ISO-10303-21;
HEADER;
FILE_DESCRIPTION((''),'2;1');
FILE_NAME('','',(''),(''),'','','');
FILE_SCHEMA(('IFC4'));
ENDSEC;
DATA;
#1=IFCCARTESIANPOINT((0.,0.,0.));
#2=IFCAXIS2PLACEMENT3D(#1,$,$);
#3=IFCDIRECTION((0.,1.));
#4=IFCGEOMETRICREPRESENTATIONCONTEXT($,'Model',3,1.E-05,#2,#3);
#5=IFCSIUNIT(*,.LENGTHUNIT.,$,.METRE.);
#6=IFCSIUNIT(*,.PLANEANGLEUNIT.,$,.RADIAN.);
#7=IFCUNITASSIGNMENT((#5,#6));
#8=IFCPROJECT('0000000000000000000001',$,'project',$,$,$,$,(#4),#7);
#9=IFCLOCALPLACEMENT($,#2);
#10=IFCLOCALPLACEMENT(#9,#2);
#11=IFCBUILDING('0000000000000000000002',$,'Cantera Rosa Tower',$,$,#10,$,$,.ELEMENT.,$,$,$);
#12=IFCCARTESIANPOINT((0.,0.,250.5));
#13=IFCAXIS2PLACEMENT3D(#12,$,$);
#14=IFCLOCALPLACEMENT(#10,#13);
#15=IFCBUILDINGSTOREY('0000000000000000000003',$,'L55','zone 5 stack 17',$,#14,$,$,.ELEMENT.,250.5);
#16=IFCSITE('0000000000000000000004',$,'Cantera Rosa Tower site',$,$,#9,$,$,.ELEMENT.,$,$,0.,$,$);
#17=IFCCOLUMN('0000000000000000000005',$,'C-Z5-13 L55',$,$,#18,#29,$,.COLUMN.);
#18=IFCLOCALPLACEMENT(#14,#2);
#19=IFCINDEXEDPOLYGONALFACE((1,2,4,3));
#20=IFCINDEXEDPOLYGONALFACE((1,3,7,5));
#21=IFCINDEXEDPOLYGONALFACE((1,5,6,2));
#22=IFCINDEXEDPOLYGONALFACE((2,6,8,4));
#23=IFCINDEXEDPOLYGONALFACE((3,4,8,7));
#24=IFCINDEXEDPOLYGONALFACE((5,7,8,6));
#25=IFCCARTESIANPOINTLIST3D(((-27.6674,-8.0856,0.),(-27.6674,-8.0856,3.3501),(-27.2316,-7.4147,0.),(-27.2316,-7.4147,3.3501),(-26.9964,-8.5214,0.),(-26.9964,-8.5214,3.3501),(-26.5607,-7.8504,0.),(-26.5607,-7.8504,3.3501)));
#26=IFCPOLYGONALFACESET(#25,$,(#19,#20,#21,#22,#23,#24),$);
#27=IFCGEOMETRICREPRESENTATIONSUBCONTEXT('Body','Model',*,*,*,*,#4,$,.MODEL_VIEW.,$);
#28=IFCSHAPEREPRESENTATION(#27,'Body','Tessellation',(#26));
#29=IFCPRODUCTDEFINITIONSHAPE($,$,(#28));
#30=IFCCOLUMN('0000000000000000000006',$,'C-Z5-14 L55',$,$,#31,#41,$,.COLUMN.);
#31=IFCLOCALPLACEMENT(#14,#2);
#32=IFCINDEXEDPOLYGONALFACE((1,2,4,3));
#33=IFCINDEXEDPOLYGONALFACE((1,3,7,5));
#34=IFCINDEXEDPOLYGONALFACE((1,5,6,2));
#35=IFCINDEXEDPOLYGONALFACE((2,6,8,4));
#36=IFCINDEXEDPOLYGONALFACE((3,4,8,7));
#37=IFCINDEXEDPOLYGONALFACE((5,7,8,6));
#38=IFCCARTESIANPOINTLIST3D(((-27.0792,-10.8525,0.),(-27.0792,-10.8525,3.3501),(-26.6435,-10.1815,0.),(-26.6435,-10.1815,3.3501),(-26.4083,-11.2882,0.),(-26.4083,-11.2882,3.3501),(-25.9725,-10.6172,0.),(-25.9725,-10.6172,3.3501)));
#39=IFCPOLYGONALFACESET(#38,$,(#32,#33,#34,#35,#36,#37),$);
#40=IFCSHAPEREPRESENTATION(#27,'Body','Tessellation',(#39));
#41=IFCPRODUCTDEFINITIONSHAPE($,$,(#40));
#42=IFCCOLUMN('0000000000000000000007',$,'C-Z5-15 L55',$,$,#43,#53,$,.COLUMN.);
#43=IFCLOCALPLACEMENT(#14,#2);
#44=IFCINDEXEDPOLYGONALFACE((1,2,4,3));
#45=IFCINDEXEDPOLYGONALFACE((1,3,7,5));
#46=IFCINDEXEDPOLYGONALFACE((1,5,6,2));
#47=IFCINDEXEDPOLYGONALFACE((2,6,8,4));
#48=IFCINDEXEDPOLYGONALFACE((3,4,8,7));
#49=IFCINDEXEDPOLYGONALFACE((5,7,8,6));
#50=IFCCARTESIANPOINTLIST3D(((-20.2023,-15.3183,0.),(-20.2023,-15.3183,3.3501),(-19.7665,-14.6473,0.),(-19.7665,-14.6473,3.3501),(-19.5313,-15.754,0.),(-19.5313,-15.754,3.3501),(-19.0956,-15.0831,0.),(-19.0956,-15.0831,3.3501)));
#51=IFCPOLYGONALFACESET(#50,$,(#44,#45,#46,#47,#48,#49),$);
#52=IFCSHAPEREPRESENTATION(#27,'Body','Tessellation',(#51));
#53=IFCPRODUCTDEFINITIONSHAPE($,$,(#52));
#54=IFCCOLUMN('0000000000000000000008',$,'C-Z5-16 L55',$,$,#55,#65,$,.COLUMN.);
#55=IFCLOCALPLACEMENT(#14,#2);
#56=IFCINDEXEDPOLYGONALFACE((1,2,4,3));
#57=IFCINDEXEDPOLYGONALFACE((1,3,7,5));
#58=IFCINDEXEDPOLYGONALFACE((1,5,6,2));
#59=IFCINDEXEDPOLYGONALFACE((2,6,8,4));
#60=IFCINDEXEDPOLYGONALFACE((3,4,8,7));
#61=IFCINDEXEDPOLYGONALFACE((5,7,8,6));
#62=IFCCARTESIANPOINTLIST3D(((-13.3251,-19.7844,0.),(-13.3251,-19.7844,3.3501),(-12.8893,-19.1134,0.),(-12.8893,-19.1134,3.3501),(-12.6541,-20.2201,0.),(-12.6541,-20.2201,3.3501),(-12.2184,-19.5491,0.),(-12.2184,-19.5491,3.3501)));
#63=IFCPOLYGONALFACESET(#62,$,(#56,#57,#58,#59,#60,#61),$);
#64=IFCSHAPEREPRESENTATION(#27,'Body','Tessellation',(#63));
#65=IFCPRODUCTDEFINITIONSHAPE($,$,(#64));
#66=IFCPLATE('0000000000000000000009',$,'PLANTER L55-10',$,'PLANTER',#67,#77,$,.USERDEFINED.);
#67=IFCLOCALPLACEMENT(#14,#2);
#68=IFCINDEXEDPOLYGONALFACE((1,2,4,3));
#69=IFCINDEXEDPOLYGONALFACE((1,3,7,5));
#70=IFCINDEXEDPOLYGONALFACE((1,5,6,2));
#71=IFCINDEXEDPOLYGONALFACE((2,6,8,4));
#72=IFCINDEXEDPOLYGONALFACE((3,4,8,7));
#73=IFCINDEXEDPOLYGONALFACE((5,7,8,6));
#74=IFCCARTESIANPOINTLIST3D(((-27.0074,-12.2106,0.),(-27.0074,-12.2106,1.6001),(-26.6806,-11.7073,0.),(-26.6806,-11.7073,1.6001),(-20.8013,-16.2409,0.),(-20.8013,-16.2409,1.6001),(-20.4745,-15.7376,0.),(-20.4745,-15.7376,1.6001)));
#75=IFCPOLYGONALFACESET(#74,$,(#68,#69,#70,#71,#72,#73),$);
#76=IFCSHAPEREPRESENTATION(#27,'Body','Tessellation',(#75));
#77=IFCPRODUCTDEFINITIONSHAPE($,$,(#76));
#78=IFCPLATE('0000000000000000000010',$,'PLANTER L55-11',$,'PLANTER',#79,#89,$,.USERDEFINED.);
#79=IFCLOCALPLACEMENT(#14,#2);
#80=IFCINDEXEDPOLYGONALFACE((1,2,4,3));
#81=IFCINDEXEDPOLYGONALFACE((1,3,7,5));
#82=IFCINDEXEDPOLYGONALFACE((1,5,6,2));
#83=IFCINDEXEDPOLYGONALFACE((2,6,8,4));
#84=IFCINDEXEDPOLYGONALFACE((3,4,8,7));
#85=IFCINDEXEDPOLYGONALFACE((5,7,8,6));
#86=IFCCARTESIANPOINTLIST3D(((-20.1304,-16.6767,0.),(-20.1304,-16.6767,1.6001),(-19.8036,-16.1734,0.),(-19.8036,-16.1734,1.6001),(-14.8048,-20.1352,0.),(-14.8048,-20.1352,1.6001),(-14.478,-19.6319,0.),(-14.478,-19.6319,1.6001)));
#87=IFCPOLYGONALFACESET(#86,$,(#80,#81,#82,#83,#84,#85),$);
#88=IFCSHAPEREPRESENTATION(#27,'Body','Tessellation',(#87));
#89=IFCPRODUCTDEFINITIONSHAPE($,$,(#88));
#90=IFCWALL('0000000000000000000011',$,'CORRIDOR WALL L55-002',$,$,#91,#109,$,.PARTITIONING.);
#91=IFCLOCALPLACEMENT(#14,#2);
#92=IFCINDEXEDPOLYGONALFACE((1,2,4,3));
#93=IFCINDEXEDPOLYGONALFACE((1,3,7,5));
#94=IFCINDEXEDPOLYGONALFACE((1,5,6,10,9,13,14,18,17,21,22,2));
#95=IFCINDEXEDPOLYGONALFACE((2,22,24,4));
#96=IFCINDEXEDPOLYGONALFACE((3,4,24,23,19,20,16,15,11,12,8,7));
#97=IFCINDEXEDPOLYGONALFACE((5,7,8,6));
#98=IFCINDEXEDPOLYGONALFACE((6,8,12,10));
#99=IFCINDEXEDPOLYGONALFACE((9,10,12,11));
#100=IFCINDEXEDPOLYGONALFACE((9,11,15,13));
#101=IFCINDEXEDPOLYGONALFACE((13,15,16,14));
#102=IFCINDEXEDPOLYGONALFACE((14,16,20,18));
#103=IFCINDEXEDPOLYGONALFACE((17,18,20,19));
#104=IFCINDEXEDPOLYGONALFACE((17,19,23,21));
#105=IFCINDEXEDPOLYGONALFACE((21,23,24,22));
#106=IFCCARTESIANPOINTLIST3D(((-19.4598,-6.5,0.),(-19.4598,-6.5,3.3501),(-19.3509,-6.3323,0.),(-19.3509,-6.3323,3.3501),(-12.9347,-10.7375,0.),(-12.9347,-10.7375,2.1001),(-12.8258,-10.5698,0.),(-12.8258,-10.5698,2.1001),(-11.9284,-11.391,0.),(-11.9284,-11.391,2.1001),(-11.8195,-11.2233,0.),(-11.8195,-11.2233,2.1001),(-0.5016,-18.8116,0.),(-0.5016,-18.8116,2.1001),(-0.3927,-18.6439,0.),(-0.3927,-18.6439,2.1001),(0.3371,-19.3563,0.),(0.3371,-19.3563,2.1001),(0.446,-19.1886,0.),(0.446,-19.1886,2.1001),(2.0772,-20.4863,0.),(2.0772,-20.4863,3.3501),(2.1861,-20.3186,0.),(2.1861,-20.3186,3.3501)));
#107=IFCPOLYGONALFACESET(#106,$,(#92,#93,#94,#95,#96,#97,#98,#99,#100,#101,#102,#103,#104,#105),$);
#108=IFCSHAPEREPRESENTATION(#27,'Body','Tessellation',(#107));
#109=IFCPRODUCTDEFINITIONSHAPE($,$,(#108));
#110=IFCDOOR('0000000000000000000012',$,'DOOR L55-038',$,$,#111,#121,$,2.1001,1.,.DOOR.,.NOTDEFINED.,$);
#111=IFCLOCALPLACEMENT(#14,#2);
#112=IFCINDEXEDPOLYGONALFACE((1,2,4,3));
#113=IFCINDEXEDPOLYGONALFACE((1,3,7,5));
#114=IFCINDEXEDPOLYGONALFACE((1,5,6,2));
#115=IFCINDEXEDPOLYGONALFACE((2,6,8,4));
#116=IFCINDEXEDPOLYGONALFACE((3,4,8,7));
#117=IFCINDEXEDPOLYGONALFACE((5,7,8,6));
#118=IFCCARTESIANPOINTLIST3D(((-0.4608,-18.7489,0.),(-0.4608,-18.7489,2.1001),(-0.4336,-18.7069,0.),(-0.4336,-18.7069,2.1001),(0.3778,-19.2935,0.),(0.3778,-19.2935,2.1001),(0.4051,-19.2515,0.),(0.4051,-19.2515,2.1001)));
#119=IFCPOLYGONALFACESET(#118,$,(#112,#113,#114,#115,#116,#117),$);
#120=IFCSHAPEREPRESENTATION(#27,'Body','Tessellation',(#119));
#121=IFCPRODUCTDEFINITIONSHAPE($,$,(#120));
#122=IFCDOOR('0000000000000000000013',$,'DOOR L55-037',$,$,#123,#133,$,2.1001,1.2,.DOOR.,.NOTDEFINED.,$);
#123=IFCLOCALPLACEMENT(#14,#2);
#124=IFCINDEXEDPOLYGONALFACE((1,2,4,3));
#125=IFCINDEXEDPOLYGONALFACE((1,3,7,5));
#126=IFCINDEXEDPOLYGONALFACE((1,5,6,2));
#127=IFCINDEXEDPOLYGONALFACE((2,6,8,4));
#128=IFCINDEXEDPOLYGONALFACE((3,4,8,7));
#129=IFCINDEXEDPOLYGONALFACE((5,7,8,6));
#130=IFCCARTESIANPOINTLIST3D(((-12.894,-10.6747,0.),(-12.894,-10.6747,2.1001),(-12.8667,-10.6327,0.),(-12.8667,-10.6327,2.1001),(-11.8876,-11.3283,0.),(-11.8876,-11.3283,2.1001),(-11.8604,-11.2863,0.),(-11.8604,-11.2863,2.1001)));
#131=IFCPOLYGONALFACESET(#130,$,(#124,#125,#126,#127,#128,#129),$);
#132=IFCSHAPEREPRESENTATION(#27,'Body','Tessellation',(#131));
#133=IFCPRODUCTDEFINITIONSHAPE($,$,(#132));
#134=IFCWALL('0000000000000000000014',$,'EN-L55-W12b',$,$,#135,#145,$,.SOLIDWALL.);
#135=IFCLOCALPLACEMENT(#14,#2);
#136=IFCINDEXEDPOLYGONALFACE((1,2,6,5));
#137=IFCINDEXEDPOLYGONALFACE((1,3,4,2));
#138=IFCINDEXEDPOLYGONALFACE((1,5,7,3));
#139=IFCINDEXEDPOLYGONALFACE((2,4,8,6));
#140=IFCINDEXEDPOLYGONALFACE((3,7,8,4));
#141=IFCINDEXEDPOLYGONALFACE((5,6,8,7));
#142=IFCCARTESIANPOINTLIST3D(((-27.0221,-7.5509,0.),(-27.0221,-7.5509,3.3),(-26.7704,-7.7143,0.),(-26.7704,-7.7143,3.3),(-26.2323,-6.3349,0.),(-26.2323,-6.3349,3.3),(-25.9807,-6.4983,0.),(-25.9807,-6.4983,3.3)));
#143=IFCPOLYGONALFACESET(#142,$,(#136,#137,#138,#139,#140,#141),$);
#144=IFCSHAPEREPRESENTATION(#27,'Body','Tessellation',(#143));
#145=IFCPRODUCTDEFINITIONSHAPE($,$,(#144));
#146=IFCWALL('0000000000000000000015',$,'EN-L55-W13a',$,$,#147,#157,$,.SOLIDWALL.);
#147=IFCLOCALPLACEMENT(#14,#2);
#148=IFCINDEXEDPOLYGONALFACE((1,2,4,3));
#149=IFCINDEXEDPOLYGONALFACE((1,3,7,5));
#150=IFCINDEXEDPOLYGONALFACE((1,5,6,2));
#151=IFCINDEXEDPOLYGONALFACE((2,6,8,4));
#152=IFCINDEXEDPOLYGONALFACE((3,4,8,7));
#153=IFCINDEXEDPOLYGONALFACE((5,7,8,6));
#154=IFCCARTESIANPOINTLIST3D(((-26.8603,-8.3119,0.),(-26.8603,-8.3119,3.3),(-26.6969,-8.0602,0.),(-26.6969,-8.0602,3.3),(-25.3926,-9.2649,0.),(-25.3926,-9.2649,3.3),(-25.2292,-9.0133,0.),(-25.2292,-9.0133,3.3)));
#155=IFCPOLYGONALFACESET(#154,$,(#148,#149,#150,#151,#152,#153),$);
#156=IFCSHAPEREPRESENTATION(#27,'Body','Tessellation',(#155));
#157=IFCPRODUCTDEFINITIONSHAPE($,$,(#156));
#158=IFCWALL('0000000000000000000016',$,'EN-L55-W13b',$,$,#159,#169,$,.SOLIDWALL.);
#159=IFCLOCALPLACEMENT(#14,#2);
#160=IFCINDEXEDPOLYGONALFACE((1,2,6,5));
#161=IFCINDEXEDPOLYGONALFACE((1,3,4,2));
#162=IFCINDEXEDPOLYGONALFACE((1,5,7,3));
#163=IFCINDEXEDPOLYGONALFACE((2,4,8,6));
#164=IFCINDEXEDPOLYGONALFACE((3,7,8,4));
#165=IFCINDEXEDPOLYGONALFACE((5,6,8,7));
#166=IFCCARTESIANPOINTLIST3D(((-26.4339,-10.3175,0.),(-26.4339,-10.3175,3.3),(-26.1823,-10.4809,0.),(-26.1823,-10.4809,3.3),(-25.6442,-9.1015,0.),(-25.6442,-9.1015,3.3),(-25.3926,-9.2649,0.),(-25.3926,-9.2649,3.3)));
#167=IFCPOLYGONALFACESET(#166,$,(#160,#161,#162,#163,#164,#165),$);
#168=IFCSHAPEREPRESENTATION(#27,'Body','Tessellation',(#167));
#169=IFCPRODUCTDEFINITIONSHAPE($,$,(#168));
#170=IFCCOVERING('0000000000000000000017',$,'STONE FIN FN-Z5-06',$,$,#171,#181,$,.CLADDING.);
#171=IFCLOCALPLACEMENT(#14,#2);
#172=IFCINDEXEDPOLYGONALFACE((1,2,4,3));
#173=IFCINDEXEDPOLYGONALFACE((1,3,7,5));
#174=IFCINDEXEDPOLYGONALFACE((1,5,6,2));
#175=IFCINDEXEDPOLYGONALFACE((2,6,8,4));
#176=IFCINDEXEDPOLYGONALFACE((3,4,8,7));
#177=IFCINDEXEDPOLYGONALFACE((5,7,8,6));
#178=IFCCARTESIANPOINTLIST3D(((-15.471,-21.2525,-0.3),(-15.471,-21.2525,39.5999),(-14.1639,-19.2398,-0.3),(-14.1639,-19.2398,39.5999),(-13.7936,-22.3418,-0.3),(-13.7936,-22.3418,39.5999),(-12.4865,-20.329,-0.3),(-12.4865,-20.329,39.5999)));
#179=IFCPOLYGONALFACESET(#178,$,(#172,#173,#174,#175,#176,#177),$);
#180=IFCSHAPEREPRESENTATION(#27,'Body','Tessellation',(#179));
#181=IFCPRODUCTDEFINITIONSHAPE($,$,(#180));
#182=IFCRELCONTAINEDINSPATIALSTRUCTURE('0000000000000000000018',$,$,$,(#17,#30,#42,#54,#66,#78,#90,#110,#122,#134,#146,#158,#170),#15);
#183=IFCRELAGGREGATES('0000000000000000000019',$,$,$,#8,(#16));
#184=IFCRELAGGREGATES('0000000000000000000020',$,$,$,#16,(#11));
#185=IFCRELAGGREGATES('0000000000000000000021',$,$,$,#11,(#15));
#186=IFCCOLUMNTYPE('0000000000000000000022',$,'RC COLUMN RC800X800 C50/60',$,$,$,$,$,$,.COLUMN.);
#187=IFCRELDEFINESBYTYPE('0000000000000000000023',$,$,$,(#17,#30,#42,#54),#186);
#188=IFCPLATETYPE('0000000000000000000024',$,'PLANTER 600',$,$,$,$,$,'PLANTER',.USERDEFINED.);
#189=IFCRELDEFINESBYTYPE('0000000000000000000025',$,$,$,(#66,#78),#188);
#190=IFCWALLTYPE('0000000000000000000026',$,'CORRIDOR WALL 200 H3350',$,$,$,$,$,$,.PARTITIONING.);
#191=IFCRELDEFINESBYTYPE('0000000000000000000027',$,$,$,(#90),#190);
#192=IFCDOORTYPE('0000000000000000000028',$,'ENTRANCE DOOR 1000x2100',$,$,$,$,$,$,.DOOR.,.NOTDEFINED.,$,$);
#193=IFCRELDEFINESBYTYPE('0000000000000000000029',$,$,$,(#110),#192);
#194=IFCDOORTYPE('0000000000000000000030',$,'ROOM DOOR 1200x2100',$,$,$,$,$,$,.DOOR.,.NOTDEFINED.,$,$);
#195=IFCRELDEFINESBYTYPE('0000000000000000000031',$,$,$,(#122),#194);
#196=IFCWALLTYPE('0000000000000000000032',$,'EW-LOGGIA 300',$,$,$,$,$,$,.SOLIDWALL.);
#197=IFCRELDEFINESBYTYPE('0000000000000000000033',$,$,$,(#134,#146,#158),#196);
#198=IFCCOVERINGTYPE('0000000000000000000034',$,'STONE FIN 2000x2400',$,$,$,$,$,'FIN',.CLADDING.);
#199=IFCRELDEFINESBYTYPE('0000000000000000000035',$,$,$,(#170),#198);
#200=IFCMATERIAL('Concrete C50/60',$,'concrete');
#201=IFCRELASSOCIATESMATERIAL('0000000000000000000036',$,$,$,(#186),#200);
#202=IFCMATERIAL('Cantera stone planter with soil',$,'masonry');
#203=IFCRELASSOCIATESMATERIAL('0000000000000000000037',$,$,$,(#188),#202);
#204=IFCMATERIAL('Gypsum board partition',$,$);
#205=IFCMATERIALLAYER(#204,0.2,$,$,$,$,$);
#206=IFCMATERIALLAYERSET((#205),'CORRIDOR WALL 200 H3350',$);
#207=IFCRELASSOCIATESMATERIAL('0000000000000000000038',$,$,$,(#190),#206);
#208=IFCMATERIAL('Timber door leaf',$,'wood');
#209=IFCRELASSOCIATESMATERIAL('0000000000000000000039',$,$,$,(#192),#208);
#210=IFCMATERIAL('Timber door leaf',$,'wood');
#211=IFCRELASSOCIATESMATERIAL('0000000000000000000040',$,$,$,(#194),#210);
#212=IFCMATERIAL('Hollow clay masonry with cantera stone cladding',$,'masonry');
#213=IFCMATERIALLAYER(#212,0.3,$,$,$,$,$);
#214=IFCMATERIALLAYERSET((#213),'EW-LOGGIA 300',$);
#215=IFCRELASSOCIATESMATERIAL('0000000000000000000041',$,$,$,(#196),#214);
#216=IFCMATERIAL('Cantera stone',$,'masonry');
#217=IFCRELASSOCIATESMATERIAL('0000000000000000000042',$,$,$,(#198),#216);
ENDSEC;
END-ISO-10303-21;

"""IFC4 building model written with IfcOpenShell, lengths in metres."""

from ifc_helpers import new_model, si_unit, direction, frame, frame_2d, origin, origin_2d, place, context, subcontext, project, spatial, rectangle, extrude, material, layer, layer_set, material_profile, profile_set, type_object, element, fill, save


model = new_model("IFC4")

# Units and contexts
model_context = context("Model", 3, precision=1e-05, world=origin(), true_north=direction((0.0, 1.0)))
body_context = subcontext(model_context, "Body", "Model", "MODEL_VIEW")
ifc_project = project(units=[si_unit("LENGTHUNIT", "METRE"), si_unit("PLANEANGLEUNIT", "RADIAN")], contexts=[model_context])

# Site, building, storey
site_placement = place(None, origin())
site = spatial("IfcSite", under=ifc_project, at=site_placement, Name="Cantera Rosa Tower site", CompositionType="ELEMENT", RefElevation=0.0)
building_placement = place(site_placement, origin())
building = spatial("IfcBuilding", under=site, at=building_placement, Name="Cantera Rosa Tower", CompositionType="ELEMENT")
storey_placement = place(building_placement, frame((0.0, 0.0, 250.5)))
storey = spatial("IfcBuildingStorey", under=building, at=storey_placement, Name="L55", Description="zone 5 stack 17", CompositionType="ELEMENT", Elevation=250.5)

# Columns
ifc_material_1 = material(Name="Concrete C50/60", Category="concrete")
ifc_material_profile = material_profile(ifc_material_1, rectangle(XDim=0.8, YDim=0.8, at=origin_2d()), Name="RC COLUMN RC800X800 C50/60")
ifc_profile_set = profile_set([ifc_material_profile], Name="Concrete C50/60")
column_type = type_object("IfcColumnType", Name="RC COLUMN RC800X800 C50/60", PredefinedType="COLUMN", material=ifc_profile_set)
for number, where, z_axis, x_axis, name in (
    (1, (-27.114, -7.968, 0.0), (0.0, 0.0, 1.0), (0.544639, 0.838671, 0.0), "C-Z5-13 L55"),
    (2, (-26.5259, -10.7349, 0.0), (0.0, 0.0, 1.0), (0.544639, 0.838671, 0.0), "C-Z5-14 L55"),
    (3, (-19.6489, -15.2007, 0.0), (0.0, 0.0, 1.0), (0.544639, 0.838671, 0.0), "C-Z5-15 L55"),
    (4, (-12.7717, -19.6667, 0.0), (0.0, 0.0, 1.0), (0.544639, 0.838671, 0.0), "C-Z5-16 L55"),
):
    element("IfcColumn", number, at=place(storey_placement, frame(where, z_axis=z_axis, x_axis=x_axis)), inside=storey, type_object=column_type, Name=name, PredefinedType="COLUMN", context=body_context, shape_type="SweptSolid", body=[
        extrude(rectangle(XDim=0.8, YDim=0.8, at=origin_2d()), origin(), (0.0, 0.0, 1.0), 3.3501),
    ])

# Plates
ifc_material_2 = material(Name="Cantera stone planter with soil", Category="masonry")
plate_type = type_object("IfcPlateType", Name="PLANTER 600", ElementType="PLANTER", PredefinedType="USERDEFINED", material=ifc_material_2)
plate_1_placement = place(storey_placement, frame((-23.741, -13.9741, 0.0), z_axis=(0.0, 0.0, 1.0), x_axis=(0.838671, -0.544639, 0.0)))
element("IfcPlate", 5, at=plate_1_placement, inside=storey, type_object=plate_type, Name="PLANTER L55-10", ObjectType="PLANTER", PredefinedType="USERDEFINED", context=body_context, shape_type="SweptSolid", body=[
    extrude(rectangle(XDim=7.3999, YDim=0.6001, at=origin_2d()), origin(), (0.0, 0.0, 1.0), 1.6001),
])
plate_2_placement = place(storey_placement, frame((-17.3042, -18.1543, 0.0), z_axis=(0.0, 0.0, 1.0), x_axis=(0.838671, -0.544639, 0.0)))
element("IfcPlate", 6, at=plate_2_placement, inside=storey, type_object=plate_type, Name="PLANTER L55-11", ObjectType="PLANTER", PredefinedType="USERDEFINED", context=body_context, shape_type="SweptSolid", body=[
    extrude(rectangle(XDim=6.3501, YDim=0.6001, at=origin_2d()), origin(), (0.0, 0.0, 1.0), 1.6001),
])

# Wall, openings, doors
ifc_material_3 = material(Name="Gypsum board partition")
ifc_layer_1 = layer(ifc_material_3, 0.2)
ifc_layer_set_1 = layer_set([ifc_layer_1], Name="CORRIDOR WALL 200 H3350")
wall_type_1 = type_object("IfcWallType", Name="CORRIDOR WALL 200 H3350", PredefinedType="PARTITIONING", material=ifc_layer_set_1)
wall_1_placement = place(storey_placement, frame((-19.4053, -6.4163, 0.0), z_axis=(0.0, 0.0, 1.0), x_axis=(0.838671, -0.544638, 0.0)))
wall_1 = element("IfcWall", 7, at=wall_1_placement, inside=storey, type_object=wall_type_1, Name="CORRIDOR WALL L55-002", PredefinedType="PARTITIONING", context=body_context, shape_type="SweptSolid", body=[
    extrude(rectangle(XDim=25.6799, YDim=0.2, at=frame_2d((12.8398, 0.0))), origin(), (0.0, 0.0, 1.0), 3.3501),
])
opening_1_placement = place(wall_1_placement, frame((7.78, 0.0, 0.0)))
opening_1 = element("IfcOpeningElement", 8, at=opening_1_placement, cuts=wall_1, PredefinedType="OPENING", context=body_context, shape_type="SweptSolid", body=[
    extrude(rectangle(XDim=1.2, YDim=2.1001, at=frame_2d((0.6001, 1.05))), frame((0.0, 0.1099, 0.0), z_axis=(0.0, -1.0, 0.0), x_axis=(1.0, 0.0, 0.0)), (0.0, 0.0, 1.0), 0.22),
])
opening_2_placement = place(wall_1_placement, frame((22.605, 0.0, 0.0)))
opening_2 = element("IfcOpeningElement", 9, at=opening_2_placement, cuts=wall_1, PredefinedType="OPENING", context=body_context, shape_type="SweptSolid", body=[
    extrude(rectangle(XDim=1.0, YDim=2.1001, at=frame_2d((0.5, 1.05))), frame((0.0, 0.1099, 0.0), z_axis=(0.0, -1.0, 0.0), x_axis=(1.0, 0.0, 0.0)), (0.0, 0.0, 1.0), 0.22),
])
ifc_material_4 = material(Name="Timber door leaf", Category="wood")
door_type_1 = type_object("IfcDoorType", Name="ENTRANCE DOOR 1000x2100", OperationType="NOTDEFINED", PredefinedType="DOOR", material=ifc_material_4)
door_1_placement = place(opening_2_placement, origin())
door_1 = element("IfcDoor", 10, at=door_1_placement, inside=storey, type_object=door_type_1, Name="DOOR L55-038", OperationType="NOTDEFINED", OverallHeight=2.1001, OverallWidth=1.0, PredefinedType="DOOR", context=body_context, shape_type="SweptSolid", body=[
    extrude(rectangle(XDim=1.0, YDim=2.1001, at=frame_2d((0.5, 1.05))), frame((0.0, 0.0249, 0.0), z_axis=(0.0, -1.0, 0.0), x_axis=(1.0, 0.0, 0.0)), (0.0, 0.0, 1.0), 0.05),
])
fill(opening_2, door_1)
ifc_material_5 = material(Name="Timber door leaf", Category="wood")
door_type_2 = type_object("IfcDoorType", Name="ROOM DOOR 1200x2100", OperationType="NOTDEFINED", PredefinedType="DOOR", material=ifc_material_5)
door_2_placement = place(opening_1_placement, origin())
door_2 = element("IfcDoor", 11, at=door_2_placement, inside=storey, type_object=door_type_2, Name="DOOR L55-037", OperationType="NOTDEFINED", OverallHeight=2.1001, OverallWidth=1.2, PredefinedType="DOOR", context=body_context, shape_type="SweptSolid", body=[
    extrude(rectangle(XDim=1.2, YDim=2.1001, at=frame_2d((0.6001, 1.05))), frame((0.0, 0.0249, 0.0), z_axis=(0.0, -1.0, 0.0), x_axis=(1.0, 0.0, 0.0)), (0.0, 0.0, 1.0), 0.05),
])
fill(opening_1, door_2)

# Walls
ifc_material_6 = material(Name="Hollow clay masonry with cantera stone cladding", Category="masonry")
ifc_layer_2 = layer(ifc_material_6, 0.3)
ifc_layer_set_2 = layer_set([ifc_layer_2], Name="EW-LOGGIA 300")
wall_type_2 = type_object("IfcWallType", Name="EW-LOGGIA 300", PredefinedType="SOLIDWALL", material=ifc_layer_set_2)
wall_2_placement = place(storey_placement, frame((-26.1064, -6.4165, 0.0), z_axis=(0.0, 0.0, 1.0), x_axis=(-0.544675, -0.838647, 0.0)))
element("IfcWall", 12, at=wall_2_placement, inside=storey, type_object=wall_type_2, Name="EN-L55-W12b", PredefinedType="SOLIDWALL", context=body_context, shape_type="SweptSolid", body=[
    extrude(rectangle(XDim=1.45, YDim=0.3, at=frame_2d((0.7251, 0.0))), origin(), (0.0, 0.0, 1.0), 3.3),
])
wall_3_placement = place(storey_placement, frame((-26.7786, -8.186, 0.0), z_axis=(0.0, 0.0, 1.0), x_axis=(0.838686, -0.544616, 0.0)))
element("IfcWall", 13, at=wall_3_placement, inside=storey, type_object=wall_type_2, Name="EN-L55-W13a", PredefinedType="SOLIDWALL", context=body_context, shape_type="SweptSolid", body=[
    extrude(rectangle(XDim=1.75, YDim=0.3, at=frame_2d((0.875, 0.0))), origin(), (0.0, 0.0, 1.0), 3.3),
])
wall_4_placement = place(storey_placement, frame((-25.5183, -9.1831, 0.0), z_axis=(0.0, 0.0, 1.0), x_axis=(-0.544675, -0.838647, 0.0)))
element("IfcWall", 14, at=wall_4_placement, inside=storey, type_object=wall_type_2, Name="EN-L55-W13b", PredefinedType="SOLIDWALL", context=body_context, shape_type="SweptSolid", body=[
    extrude(rectangle(XDim=1.45, YDim=0.3, at=frame_2d((0.7251, 0.0))), origin(), (0.0, 0.0, 1.0), 3.3),
])

# Covering
ifc_material_7 = material(Name="Cantera stone", Category="masonry")
covering_type = type_object("IfcCoveringType", Name="STONE FIN 2000x2400", ElementType="FIN", PredefinedType="CLADDING", material=ifc_material_7)
covering_placement = place(storey_placement, frame((-13.9788, -20.7908, -0.3), z_axis=(0.0, 0.0, 1.0), x_axis=(0.838671, -0.544639, 0.0)))
element("IfcCovering", 15, at=covering_placement, inside=storey, type_object=covering_type, Name="STONE FIN FN-Z5-06", PredefinedType="CLADDING", context=body_context, shape_type="SweptSolid", body=[
    extrude(rectangle(XDim=2.0, YDim=2.3999, at=origin_2d()), origin(), (0.0, 0.0, 1.0), 39.8999),
])

save(model, "model.ifc")
